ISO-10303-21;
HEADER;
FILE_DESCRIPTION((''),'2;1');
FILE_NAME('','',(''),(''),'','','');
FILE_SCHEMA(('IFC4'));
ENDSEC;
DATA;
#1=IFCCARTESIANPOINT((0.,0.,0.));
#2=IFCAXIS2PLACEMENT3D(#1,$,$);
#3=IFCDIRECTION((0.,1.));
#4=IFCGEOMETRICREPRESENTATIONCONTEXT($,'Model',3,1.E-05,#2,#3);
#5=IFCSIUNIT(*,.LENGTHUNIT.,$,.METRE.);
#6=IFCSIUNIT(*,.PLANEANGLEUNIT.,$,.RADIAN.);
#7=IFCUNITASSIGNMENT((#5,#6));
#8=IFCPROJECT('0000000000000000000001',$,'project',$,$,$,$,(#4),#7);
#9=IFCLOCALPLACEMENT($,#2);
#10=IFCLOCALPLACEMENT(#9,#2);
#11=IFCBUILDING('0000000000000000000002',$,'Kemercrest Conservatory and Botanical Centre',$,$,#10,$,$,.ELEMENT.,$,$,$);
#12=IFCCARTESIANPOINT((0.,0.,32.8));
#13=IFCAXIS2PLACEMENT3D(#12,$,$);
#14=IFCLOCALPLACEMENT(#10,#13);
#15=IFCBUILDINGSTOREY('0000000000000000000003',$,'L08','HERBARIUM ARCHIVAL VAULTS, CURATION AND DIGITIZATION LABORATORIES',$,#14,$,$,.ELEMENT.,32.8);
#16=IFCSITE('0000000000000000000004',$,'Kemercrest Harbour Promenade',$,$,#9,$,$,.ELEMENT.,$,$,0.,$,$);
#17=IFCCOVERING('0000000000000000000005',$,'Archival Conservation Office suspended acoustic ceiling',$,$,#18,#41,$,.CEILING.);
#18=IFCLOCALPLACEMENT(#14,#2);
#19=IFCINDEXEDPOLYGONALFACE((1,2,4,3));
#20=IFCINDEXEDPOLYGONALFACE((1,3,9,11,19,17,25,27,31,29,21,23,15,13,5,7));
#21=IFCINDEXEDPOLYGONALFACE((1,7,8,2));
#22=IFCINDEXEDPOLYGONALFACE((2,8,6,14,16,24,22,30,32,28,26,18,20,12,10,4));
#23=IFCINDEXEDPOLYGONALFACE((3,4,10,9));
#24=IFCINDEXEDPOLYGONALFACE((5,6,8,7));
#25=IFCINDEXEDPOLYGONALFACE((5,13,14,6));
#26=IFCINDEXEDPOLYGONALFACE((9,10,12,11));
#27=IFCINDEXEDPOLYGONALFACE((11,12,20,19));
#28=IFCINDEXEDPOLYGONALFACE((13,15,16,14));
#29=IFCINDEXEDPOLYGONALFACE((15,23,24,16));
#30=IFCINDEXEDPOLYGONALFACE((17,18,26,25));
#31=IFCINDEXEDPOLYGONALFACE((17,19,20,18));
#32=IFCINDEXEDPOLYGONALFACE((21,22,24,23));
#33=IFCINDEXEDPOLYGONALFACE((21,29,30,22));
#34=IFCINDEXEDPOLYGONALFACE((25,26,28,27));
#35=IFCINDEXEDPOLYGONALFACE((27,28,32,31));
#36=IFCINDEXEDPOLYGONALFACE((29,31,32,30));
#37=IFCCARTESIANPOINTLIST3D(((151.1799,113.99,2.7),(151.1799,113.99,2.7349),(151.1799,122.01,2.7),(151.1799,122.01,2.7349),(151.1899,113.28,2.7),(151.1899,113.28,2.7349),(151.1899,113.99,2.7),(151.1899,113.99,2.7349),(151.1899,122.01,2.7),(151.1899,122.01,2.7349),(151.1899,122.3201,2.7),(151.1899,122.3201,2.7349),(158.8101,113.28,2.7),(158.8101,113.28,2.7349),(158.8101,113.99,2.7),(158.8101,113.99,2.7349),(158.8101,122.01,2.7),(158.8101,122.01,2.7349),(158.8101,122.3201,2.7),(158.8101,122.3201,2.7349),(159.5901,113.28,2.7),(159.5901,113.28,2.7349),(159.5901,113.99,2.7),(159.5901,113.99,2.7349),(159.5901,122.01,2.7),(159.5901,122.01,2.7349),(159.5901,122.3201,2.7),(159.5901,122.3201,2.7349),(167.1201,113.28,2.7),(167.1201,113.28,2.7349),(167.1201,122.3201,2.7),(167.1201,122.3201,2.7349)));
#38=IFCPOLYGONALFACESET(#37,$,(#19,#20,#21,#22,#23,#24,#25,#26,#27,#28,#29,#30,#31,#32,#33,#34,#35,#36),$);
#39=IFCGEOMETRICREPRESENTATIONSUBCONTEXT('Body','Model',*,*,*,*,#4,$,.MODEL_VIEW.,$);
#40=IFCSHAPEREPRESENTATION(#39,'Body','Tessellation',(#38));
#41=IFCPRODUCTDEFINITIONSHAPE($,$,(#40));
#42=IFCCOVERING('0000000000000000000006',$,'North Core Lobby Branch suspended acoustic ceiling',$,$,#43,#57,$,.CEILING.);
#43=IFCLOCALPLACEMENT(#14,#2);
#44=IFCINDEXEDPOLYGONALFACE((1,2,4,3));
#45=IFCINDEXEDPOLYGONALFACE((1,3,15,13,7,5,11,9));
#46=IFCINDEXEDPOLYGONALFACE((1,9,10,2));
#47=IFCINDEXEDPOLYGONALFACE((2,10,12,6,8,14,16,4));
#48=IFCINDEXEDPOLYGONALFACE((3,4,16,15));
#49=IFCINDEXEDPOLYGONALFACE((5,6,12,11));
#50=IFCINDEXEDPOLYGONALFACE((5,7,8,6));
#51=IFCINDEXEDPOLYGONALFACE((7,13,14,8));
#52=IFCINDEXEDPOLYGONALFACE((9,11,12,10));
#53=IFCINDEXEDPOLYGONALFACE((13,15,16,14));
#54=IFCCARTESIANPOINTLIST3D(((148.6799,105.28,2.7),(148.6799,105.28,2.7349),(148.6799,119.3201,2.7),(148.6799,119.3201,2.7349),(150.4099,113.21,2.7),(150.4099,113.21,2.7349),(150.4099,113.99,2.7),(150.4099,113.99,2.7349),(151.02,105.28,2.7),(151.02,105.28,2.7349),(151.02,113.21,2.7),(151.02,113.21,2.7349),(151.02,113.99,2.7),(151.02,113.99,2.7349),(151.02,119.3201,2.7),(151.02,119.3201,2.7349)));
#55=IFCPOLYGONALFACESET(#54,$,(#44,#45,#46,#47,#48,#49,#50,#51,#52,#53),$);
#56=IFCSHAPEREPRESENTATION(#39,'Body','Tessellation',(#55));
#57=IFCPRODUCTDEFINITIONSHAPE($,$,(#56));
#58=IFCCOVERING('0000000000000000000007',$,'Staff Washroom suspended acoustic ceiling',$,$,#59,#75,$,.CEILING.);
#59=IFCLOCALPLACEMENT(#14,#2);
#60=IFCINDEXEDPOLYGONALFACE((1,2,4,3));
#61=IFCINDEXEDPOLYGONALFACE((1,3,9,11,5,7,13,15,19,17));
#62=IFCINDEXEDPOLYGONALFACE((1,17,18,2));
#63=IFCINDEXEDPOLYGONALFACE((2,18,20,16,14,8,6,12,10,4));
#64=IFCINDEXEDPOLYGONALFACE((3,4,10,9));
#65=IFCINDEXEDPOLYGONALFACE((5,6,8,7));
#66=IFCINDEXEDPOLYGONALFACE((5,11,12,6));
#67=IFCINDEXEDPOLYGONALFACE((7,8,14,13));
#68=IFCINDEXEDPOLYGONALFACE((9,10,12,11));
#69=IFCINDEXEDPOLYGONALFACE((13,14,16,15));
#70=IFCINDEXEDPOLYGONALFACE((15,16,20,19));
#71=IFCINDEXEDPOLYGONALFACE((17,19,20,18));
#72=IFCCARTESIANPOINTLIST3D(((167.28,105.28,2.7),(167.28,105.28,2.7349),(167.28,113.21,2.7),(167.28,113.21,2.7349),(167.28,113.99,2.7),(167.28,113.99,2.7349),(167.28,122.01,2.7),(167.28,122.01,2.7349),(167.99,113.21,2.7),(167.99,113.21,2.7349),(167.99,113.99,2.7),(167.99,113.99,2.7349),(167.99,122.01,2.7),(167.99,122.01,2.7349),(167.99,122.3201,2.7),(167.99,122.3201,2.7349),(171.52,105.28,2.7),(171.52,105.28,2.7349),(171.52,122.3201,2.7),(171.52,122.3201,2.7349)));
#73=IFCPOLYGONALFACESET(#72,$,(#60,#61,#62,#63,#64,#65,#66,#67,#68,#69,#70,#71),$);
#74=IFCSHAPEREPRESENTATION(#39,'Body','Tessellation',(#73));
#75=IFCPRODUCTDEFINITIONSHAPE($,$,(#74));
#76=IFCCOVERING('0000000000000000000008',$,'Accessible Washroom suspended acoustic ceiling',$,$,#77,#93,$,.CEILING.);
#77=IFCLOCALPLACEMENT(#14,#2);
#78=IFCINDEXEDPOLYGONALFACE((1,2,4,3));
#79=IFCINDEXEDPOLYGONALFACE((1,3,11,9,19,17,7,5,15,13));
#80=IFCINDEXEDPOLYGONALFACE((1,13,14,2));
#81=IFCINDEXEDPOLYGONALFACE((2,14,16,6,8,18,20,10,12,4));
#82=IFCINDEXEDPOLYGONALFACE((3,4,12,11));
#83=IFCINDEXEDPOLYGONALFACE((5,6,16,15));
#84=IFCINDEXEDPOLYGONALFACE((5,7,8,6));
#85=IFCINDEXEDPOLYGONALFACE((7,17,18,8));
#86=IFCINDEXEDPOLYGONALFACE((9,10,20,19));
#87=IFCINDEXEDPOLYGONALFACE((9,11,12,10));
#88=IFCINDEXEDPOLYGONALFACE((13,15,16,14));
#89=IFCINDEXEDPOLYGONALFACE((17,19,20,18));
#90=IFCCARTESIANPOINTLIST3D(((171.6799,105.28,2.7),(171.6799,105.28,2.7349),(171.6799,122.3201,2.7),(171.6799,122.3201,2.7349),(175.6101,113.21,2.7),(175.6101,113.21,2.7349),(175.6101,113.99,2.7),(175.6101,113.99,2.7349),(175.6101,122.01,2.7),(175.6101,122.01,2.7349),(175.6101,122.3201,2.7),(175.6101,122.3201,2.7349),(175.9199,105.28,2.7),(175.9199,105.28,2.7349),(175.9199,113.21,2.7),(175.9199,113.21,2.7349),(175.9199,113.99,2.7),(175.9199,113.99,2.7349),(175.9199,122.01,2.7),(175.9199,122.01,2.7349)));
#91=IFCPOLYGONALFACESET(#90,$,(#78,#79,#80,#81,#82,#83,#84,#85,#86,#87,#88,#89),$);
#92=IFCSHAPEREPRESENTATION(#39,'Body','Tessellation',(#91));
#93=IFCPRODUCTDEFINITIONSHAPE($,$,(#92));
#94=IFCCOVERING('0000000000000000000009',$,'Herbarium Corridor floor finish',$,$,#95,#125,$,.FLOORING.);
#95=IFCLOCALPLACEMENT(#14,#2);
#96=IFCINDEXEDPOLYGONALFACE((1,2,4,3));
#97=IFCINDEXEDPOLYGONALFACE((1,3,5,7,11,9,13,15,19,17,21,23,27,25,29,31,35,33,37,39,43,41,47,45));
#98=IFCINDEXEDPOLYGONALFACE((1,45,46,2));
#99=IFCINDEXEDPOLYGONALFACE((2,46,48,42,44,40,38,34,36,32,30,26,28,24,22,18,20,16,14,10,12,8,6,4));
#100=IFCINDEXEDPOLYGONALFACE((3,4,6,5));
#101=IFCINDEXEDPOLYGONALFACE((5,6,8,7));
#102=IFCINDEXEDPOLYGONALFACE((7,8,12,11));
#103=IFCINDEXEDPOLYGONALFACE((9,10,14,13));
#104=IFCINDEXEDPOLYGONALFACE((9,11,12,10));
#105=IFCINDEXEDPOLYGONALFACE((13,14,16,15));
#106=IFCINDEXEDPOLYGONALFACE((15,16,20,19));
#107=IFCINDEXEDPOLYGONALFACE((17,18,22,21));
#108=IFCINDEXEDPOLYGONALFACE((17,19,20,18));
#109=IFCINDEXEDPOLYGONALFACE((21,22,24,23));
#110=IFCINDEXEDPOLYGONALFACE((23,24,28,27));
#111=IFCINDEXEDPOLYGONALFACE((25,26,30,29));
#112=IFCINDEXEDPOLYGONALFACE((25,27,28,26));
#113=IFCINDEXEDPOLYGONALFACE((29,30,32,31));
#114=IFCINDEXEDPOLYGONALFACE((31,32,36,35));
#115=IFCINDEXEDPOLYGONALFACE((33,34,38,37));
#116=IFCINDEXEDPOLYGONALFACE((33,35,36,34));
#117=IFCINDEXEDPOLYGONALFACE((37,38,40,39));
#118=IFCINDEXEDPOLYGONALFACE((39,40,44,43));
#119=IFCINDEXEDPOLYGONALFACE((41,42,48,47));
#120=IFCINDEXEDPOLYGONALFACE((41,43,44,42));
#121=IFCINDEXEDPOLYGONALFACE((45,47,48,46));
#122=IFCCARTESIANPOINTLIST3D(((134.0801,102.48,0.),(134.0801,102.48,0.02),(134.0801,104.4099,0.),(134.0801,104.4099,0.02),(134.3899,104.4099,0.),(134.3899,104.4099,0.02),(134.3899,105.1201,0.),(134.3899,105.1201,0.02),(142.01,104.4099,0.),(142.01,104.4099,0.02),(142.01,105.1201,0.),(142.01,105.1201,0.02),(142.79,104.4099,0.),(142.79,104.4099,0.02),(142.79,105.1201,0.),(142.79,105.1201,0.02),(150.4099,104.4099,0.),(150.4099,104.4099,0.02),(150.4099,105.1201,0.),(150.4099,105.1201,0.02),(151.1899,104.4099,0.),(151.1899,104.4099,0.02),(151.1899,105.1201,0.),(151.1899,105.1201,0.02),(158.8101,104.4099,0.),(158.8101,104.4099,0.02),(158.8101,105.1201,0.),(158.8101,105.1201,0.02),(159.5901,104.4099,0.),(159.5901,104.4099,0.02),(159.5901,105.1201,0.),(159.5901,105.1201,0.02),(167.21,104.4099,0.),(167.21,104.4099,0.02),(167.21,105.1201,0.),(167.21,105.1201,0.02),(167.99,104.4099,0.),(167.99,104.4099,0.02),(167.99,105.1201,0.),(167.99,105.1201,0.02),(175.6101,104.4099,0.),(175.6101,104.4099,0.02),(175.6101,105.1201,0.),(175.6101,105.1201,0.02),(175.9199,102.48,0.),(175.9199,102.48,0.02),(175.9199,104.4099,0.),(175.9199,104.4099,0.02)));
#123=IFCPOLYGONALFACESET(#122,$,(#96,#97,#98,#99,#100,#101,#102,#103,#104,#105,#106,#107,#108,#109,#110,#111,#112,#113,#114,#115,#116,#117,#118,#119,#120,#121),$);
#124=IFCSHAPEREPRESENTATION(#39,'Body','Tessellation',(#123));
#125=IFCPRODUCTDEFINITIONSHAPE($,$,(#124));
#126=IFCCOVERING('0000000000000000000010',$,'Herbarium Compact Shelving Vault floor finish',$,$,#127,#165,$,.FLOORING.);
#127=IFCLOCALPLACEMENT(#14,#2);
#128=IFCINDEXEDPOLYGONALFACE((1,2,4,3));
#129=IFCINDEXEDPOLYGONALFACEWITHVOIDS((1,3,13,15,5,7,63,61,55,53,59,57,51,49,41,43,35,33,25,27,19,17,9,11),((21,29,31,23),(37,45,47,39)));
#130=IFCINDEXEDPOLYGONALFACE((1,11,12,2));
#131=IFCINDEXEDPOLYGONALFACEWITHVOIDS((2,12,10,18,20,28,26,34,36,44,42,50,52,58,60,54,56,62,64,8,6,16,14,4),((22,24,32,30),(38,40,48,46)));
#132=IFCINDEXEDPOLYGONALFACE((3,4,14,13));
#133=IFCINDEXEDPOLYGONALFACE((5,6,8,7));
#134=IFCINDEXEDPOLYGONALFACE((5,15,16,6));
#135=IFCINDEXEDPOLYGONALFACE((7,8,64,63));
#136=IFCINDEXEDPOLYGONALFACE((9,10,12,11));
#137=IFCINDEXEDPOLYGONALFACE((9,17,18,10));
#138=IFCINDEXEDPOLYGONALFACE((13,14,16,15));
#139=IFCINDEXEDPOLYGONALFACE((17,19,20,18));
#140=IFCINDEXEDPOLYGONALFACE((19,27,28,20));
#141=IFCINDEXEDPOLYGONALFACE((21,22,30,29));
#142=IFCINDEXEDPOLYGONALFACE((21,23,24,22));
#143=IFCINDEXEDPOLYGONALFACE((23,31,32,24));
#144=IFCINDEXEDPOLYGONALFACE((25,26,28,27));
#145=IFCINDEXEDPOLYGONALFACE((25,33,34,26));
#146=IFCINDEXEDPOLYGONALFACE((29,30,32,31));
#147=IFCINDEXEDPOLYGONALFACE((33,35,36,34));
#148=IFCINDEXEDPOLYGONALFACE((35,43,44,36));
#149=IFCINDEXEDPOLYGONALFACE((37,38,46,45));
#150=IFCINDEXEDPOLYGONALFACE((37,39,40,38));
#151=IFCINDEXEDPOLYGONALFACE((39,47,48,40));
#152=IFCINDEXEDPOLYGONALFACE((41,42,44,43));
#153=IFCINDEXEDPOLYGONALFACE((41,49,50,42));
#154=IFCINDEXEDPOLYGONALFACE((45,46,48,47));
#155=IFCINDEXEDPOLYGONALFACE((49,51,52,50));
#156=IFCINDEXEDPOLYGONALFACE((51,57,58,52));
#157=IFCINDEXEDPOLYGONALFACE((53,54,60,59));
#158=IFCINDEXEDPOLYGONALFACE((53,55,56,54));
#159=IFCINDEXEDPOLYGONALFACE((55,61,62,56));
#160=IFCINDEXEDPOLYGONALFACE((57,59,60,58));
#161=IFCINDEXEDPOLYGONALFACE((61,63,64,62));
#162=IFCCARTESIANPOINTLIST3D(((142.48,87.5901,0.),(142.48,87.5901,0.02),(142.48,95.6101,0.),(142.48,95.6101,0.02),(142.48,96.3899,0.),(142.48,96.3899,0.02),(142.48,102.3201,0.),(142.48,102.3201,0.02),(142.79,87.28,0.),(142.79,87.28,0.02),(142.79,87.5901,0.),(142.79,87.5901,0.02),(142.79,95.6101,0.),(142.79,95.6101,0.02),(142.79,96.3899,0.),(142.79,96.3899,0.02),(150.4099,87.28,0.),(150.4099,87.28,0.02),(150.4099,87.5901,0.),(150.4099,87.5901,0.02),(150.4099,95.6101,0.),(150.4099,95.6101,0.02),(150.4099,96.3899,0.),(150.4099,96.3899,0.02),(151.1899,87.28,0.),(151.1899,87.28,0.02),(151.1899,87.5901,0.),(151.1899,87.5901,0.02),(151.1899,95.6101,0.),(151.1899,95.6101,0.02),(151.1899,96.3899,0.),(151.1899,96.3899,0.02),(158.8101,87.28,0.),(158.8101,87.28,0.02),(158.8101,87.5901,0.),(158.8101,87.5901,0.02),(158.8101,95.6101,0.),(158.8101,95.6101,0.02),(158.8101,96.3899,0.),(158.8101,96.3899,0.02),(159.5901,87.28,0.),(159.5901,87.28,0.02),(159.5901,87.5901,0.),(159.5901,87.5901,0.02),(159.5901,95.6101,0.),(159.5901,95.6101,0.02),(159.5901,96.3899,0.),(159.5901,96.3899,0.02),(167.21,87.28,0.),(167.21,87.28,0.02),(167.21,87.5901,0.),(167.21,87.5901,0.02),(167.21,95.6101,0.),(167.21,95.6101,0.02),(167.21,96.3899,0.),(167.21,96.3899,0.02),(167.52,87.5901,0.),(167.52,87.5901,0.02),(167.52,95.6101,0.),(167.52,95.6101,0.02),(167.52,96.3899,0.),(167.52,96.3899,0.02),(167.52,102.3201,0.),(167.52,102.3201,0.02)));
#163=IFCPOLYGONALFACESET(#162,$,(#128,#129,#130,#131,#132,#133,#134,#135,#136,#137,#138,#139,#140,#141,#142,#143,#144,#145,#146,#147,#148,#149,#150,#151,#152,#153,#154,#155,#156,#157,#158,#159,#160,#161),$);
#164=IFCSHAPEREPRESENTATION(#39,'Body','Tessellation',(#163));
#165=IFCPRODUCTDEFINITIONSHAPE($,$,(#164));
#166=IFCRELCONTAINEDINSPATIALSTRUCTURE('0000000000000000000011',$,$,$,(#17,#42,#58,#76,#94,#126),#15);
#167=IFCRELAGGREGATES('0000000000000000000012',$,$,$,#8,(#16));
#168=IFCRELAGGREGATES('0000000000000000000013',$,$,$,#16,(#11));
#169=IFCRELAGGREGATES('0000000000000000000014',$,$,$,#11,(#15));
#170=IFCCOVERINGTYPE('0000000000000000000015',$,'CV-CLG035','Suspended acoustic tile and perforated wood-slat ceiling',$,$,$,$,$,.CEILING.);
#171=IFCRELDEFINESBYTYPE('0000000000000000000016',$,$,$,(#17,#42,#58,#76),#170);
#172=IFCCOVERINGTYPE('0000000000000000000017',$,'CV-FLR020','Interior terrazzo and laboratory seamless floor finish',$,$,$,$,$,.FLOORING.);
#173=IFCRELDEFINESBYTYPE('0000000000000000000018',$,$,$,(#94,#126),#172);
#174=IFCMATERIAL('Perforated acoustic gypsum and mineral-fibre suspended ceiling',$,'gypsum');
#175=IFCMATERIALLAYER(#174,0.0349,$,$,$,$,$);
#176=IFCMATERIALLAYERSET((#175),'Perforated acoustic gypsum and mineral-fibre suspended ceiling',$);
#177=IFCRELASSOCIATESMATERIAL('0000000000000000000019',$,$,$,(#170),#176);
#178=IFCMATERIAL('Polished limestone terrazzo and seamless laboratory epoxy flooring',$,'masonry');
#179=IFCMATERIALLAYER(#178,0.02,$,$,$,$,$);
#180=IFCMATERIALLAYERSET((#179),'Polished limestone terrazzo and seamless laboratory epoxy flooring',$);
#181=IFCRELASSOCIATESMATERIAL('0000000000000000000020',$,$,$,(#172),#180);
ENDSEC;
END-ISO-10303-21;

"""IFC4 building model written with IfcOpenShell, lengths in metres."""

from ifc_helpers import new_model, si_unit, direction, frame, origin, place, context, subcontext, project, spatial, polyline, outline, extrude, material, layer, layer_set, type_object, element, save


model = new_model("IFC4")

# Units and contexts
model_context = context("Model", 3, precision=1e-05, world=origin(), true_north=direction((0.0, 1.0)))
body_context = subcontext(model_context, "Body", "Model", "MODEL_VIEW")
ifc_project = project(units=[si_unit("LENGTHUNIT", "METRE"), si_unit("PLANEANGLEUNIT", "RADIAN")], contexts=[model_context])

# Site, building, storey
site_placement = place(None, origin())
site = spatial("IfcSite", under=ifc_project, at=site_placement, Name="Kemercrest Harbour Promenade", CompositionType="ELEMENT", RefElevation=0.0)
building_placement = place(site_placement, origin())
building = spatial("IfcBuilding", under=site, at=building_placement, Name="Kemercrest Conservatory and Botanical Centre", CompositionType="ELEMENT")
storey_placement = place(building_placement, frame((0.0, 0.0, 32.8)))
storey = spatial("IfcBuildingStorey", under=building, at=storey_placement, Name="L08", Description="HERBARIUM ARCHIVAL VAULTS, CURATION AND DIGITIZATION LABORATORIES", CompositionType="ELEMENT", Elevation=32.8)

# Coverings
ifc_material_1 = material(Name="Perforated acoustic gypsum and mineral-fibre suspended ceiling", Category="gypsum")
ifc_layer_1 = layer(ifc_material_1, 0.0349)
ifc_layer_set_1 = layer_set([ifc_layer_1], Name="Perforated acoustic gypsum and mineral-fibre suspended ceiling")
covering_type_1 = type_object("IfcCoveringType", Name="CV-CLG035", Description="Suspended acoustic tile and perforated wood-slat ceiling", PredefinedType="CEILING", material=ifc_layer_set_1)
covering_1_placement = place(storey_placement, frame((0.0, 0.0, 2.7)))
element("IfcCovering", 1, at=covering_1_placement, inside=storey, type_object=covering_type_1, Name="Archival Conservation Office suspended acoustic ceiling", PredefinedType="CEILING", context=body_context, shape_type="SweptSolid", body=[
    extrude(outline(polyline([(159.5901, 113.28), (167.1201, 113.28), (167.1201, 122.3201), (159.5901, 122.3201), (159.5901, 122.01), (158.8101, 122.01), (158.8101, 122.3201), (151.1899, 122.3201), (151.1899, 122.01), (151.1799, 122.01), (151.1799, 113.99), (151.1899, 113.99), (151.1899, 113.28), (158.8101, 113.28), (158.8101, 113.99), (159.5901, 113.99), (159.5901, 113.28)])), origin(), (0.0, 0.0, 1.0), 0.0349),
])
covering_2_placement = place(storey_placement, frame((0.0, 0.0, 2.7)))
element("IfcCovering", 2, at=covering_2_placement, inside=storey, type_object=covering_type_1, Name="North Core Lobby Branch suspended acoustic ceiling", PredefinedType="CEILING", context=body_context, shape_type="SweptSolid", body=[
    extrude(outline(polyline([(148.6799, 105.28), (151.02, 105.28), (151.02, 113.21), (150.4099, 113.21), (150.4099, 113.99), (151.02, 113.99), (151.02, 119.3201), (148.6799, 119.3201), (148.6799, 105.28)])), origin(), (0.0, 0.0, 1.0), 0.0349),
])
covering_3_placement = place(storey_placement, frame((0.0, 0.0, 2.7)))
element("IfcCovering", 3, at=covering_3_placement, inside=storey, type_object=covering_type_1, Name="Staff Washroom suspended acoustic ceiling", PredefinedType="CEILING", context=body_context, shape_type="SweptSolid", body=[
    extrude(outline(polyline([(167.28, 105.28), (171.52, 105.28), (171.52, 122.3201), (167.99, 122.3201), (167.99, 122.01), (167.28, 122.01), (167.28, 113.99), (167.99, 113.99), (167.99, 113.21), (167.28, 113.21), (167.28, 105.28)])), origin(), (0.0, 0.0, 1.0), 0.0349),
])
covering_4_placement = place(storey_placement, frame((0.0, 0.0, 2.7)))
element("IfcCovering", 4, at=covering_4_placement, inside=storey, type_object=covering_type_1, Name="Accessible Washroom suspended acoustic ceiling", PredefinedType="CEILING", context=body_context, shape_type="SweptSolid", body=[
    extrude(outline(polyline([(171.6799, 105.28), (175.9199, 105.28), (175.9199, 113.21), (175.6101, 113.21), (175.6101, 113.99), (175.9199, 113.99), (175.9199, 122.01), (175.6101, 122.01), (175.6101, 122.3201), (171.6799, 122.3201), (171.6799, 105.28)])), origin(), (0.0, 0.0, 1.0), 0.0349),
])
ifc_material_2 = material(Name="Polished limestone terrazzo and seamless laboratory epoxy flooring", Category="masonry")
ifc_layer_2 = layer(ifc_material_2, 0.02)
ifc_layer_set_2 = layer_set([ifc_layer_2], Name="Polished limestone terrazzo and seamless laboratory epoxy flooring")
covering_type_2 = type_object("IfcCoveringType", Name="CV-FLR020", Description="Interior terrazzo and laboratory seamless floor finish", PredefinedType="FLOORING", material=ifc_layer_set_2)
covering_5_placement = place(storey_placement, origin())
element("IfcCovering", 5, at=covering_5_placement, inside=storey, type_object=covering_type_2, Name="Herbarium Corridor floor finish", PredefinedType="FLOORING", context=body_context, shape_type="SweptSolid", body=[
    extrude(outline(polyline([(134.0801, 102.48), (175.9199, 102.48), (175.9199, 104.4099), (175.6101, 104.4099), (175.6101, 105.1201), (167.99, 105.1201), (167.99, 104.4099), (167.21, 104.4099), (167.21, 105.1201), (159.5901, 105.1201), (159.5901, 104.4099), (158.8101, 104.4099), (158.8101, 105.1201), (151.1899, 105.1201), (151.1899, 104.4099), (150.4099, 104.4099), (150.4099, 105.1201), (142.79, 105.1201), (142.79, 104.4099), (142.01, 104.4099), (142.01, 105.1201), (134.3899, 105.1201), (134.3899, 104.4099), (134.0801, 104.4099), (134.0801, 102.48)])), origin(), (0.0, 0.0, 1.0), 0.02),
])
covering_6_placement = place(storey_placement, origin())
element("IfcCovering", 6, at=covering_6_placement, inside=storey, type_object=covering_type_2, Name="Herbarium Compact Shelving Vault floor finish", PredefinedType="FLOORING", context=body_context, shape_type="SweptSolid", body=[
    extrude(outline(polyline([(158.8101, 87.5901), (159.5901, 87.5901), (159.5901, 87.28), (167.21, 87.28), (167.21, 87.5901), (167.52, 87.5901), (167.52, 95.6101), (167.21, 95.6101), (167.21, 96.3899), (167.52, 96.3899), (167.52, 102.3201), (142.48, 102.3201), (142.48, 96.3899), (142.79, 96.3899), (142.79, 95.6101), (142.48, 95.6101), (142.48, 87.5901), (142.79, 87.5901), (142.79, 87.28), (150.4099, 87.28), (150.4099, 87.5901), (151.1899, 87.5901), (151.1899, 87.28), (158.8101, 87.28), (158.8101, 87.5901)]), holes=[polyline([(158.8101, 96.3899), (159.5901, 96.3899), (159.5901, 95.6101), (158.8101, 95.6101), (158.8101, 96.3899)]), polyline([(150.4099, 96.3899), (151.1899, 96.3899), (151.1899, 95.6101), (150.4099, 95.6101), (150.4099, 96.3899)])]), origin(), (0.0, 0.0, 1.0), 0.02),
])

save(model, "model.ifc")
